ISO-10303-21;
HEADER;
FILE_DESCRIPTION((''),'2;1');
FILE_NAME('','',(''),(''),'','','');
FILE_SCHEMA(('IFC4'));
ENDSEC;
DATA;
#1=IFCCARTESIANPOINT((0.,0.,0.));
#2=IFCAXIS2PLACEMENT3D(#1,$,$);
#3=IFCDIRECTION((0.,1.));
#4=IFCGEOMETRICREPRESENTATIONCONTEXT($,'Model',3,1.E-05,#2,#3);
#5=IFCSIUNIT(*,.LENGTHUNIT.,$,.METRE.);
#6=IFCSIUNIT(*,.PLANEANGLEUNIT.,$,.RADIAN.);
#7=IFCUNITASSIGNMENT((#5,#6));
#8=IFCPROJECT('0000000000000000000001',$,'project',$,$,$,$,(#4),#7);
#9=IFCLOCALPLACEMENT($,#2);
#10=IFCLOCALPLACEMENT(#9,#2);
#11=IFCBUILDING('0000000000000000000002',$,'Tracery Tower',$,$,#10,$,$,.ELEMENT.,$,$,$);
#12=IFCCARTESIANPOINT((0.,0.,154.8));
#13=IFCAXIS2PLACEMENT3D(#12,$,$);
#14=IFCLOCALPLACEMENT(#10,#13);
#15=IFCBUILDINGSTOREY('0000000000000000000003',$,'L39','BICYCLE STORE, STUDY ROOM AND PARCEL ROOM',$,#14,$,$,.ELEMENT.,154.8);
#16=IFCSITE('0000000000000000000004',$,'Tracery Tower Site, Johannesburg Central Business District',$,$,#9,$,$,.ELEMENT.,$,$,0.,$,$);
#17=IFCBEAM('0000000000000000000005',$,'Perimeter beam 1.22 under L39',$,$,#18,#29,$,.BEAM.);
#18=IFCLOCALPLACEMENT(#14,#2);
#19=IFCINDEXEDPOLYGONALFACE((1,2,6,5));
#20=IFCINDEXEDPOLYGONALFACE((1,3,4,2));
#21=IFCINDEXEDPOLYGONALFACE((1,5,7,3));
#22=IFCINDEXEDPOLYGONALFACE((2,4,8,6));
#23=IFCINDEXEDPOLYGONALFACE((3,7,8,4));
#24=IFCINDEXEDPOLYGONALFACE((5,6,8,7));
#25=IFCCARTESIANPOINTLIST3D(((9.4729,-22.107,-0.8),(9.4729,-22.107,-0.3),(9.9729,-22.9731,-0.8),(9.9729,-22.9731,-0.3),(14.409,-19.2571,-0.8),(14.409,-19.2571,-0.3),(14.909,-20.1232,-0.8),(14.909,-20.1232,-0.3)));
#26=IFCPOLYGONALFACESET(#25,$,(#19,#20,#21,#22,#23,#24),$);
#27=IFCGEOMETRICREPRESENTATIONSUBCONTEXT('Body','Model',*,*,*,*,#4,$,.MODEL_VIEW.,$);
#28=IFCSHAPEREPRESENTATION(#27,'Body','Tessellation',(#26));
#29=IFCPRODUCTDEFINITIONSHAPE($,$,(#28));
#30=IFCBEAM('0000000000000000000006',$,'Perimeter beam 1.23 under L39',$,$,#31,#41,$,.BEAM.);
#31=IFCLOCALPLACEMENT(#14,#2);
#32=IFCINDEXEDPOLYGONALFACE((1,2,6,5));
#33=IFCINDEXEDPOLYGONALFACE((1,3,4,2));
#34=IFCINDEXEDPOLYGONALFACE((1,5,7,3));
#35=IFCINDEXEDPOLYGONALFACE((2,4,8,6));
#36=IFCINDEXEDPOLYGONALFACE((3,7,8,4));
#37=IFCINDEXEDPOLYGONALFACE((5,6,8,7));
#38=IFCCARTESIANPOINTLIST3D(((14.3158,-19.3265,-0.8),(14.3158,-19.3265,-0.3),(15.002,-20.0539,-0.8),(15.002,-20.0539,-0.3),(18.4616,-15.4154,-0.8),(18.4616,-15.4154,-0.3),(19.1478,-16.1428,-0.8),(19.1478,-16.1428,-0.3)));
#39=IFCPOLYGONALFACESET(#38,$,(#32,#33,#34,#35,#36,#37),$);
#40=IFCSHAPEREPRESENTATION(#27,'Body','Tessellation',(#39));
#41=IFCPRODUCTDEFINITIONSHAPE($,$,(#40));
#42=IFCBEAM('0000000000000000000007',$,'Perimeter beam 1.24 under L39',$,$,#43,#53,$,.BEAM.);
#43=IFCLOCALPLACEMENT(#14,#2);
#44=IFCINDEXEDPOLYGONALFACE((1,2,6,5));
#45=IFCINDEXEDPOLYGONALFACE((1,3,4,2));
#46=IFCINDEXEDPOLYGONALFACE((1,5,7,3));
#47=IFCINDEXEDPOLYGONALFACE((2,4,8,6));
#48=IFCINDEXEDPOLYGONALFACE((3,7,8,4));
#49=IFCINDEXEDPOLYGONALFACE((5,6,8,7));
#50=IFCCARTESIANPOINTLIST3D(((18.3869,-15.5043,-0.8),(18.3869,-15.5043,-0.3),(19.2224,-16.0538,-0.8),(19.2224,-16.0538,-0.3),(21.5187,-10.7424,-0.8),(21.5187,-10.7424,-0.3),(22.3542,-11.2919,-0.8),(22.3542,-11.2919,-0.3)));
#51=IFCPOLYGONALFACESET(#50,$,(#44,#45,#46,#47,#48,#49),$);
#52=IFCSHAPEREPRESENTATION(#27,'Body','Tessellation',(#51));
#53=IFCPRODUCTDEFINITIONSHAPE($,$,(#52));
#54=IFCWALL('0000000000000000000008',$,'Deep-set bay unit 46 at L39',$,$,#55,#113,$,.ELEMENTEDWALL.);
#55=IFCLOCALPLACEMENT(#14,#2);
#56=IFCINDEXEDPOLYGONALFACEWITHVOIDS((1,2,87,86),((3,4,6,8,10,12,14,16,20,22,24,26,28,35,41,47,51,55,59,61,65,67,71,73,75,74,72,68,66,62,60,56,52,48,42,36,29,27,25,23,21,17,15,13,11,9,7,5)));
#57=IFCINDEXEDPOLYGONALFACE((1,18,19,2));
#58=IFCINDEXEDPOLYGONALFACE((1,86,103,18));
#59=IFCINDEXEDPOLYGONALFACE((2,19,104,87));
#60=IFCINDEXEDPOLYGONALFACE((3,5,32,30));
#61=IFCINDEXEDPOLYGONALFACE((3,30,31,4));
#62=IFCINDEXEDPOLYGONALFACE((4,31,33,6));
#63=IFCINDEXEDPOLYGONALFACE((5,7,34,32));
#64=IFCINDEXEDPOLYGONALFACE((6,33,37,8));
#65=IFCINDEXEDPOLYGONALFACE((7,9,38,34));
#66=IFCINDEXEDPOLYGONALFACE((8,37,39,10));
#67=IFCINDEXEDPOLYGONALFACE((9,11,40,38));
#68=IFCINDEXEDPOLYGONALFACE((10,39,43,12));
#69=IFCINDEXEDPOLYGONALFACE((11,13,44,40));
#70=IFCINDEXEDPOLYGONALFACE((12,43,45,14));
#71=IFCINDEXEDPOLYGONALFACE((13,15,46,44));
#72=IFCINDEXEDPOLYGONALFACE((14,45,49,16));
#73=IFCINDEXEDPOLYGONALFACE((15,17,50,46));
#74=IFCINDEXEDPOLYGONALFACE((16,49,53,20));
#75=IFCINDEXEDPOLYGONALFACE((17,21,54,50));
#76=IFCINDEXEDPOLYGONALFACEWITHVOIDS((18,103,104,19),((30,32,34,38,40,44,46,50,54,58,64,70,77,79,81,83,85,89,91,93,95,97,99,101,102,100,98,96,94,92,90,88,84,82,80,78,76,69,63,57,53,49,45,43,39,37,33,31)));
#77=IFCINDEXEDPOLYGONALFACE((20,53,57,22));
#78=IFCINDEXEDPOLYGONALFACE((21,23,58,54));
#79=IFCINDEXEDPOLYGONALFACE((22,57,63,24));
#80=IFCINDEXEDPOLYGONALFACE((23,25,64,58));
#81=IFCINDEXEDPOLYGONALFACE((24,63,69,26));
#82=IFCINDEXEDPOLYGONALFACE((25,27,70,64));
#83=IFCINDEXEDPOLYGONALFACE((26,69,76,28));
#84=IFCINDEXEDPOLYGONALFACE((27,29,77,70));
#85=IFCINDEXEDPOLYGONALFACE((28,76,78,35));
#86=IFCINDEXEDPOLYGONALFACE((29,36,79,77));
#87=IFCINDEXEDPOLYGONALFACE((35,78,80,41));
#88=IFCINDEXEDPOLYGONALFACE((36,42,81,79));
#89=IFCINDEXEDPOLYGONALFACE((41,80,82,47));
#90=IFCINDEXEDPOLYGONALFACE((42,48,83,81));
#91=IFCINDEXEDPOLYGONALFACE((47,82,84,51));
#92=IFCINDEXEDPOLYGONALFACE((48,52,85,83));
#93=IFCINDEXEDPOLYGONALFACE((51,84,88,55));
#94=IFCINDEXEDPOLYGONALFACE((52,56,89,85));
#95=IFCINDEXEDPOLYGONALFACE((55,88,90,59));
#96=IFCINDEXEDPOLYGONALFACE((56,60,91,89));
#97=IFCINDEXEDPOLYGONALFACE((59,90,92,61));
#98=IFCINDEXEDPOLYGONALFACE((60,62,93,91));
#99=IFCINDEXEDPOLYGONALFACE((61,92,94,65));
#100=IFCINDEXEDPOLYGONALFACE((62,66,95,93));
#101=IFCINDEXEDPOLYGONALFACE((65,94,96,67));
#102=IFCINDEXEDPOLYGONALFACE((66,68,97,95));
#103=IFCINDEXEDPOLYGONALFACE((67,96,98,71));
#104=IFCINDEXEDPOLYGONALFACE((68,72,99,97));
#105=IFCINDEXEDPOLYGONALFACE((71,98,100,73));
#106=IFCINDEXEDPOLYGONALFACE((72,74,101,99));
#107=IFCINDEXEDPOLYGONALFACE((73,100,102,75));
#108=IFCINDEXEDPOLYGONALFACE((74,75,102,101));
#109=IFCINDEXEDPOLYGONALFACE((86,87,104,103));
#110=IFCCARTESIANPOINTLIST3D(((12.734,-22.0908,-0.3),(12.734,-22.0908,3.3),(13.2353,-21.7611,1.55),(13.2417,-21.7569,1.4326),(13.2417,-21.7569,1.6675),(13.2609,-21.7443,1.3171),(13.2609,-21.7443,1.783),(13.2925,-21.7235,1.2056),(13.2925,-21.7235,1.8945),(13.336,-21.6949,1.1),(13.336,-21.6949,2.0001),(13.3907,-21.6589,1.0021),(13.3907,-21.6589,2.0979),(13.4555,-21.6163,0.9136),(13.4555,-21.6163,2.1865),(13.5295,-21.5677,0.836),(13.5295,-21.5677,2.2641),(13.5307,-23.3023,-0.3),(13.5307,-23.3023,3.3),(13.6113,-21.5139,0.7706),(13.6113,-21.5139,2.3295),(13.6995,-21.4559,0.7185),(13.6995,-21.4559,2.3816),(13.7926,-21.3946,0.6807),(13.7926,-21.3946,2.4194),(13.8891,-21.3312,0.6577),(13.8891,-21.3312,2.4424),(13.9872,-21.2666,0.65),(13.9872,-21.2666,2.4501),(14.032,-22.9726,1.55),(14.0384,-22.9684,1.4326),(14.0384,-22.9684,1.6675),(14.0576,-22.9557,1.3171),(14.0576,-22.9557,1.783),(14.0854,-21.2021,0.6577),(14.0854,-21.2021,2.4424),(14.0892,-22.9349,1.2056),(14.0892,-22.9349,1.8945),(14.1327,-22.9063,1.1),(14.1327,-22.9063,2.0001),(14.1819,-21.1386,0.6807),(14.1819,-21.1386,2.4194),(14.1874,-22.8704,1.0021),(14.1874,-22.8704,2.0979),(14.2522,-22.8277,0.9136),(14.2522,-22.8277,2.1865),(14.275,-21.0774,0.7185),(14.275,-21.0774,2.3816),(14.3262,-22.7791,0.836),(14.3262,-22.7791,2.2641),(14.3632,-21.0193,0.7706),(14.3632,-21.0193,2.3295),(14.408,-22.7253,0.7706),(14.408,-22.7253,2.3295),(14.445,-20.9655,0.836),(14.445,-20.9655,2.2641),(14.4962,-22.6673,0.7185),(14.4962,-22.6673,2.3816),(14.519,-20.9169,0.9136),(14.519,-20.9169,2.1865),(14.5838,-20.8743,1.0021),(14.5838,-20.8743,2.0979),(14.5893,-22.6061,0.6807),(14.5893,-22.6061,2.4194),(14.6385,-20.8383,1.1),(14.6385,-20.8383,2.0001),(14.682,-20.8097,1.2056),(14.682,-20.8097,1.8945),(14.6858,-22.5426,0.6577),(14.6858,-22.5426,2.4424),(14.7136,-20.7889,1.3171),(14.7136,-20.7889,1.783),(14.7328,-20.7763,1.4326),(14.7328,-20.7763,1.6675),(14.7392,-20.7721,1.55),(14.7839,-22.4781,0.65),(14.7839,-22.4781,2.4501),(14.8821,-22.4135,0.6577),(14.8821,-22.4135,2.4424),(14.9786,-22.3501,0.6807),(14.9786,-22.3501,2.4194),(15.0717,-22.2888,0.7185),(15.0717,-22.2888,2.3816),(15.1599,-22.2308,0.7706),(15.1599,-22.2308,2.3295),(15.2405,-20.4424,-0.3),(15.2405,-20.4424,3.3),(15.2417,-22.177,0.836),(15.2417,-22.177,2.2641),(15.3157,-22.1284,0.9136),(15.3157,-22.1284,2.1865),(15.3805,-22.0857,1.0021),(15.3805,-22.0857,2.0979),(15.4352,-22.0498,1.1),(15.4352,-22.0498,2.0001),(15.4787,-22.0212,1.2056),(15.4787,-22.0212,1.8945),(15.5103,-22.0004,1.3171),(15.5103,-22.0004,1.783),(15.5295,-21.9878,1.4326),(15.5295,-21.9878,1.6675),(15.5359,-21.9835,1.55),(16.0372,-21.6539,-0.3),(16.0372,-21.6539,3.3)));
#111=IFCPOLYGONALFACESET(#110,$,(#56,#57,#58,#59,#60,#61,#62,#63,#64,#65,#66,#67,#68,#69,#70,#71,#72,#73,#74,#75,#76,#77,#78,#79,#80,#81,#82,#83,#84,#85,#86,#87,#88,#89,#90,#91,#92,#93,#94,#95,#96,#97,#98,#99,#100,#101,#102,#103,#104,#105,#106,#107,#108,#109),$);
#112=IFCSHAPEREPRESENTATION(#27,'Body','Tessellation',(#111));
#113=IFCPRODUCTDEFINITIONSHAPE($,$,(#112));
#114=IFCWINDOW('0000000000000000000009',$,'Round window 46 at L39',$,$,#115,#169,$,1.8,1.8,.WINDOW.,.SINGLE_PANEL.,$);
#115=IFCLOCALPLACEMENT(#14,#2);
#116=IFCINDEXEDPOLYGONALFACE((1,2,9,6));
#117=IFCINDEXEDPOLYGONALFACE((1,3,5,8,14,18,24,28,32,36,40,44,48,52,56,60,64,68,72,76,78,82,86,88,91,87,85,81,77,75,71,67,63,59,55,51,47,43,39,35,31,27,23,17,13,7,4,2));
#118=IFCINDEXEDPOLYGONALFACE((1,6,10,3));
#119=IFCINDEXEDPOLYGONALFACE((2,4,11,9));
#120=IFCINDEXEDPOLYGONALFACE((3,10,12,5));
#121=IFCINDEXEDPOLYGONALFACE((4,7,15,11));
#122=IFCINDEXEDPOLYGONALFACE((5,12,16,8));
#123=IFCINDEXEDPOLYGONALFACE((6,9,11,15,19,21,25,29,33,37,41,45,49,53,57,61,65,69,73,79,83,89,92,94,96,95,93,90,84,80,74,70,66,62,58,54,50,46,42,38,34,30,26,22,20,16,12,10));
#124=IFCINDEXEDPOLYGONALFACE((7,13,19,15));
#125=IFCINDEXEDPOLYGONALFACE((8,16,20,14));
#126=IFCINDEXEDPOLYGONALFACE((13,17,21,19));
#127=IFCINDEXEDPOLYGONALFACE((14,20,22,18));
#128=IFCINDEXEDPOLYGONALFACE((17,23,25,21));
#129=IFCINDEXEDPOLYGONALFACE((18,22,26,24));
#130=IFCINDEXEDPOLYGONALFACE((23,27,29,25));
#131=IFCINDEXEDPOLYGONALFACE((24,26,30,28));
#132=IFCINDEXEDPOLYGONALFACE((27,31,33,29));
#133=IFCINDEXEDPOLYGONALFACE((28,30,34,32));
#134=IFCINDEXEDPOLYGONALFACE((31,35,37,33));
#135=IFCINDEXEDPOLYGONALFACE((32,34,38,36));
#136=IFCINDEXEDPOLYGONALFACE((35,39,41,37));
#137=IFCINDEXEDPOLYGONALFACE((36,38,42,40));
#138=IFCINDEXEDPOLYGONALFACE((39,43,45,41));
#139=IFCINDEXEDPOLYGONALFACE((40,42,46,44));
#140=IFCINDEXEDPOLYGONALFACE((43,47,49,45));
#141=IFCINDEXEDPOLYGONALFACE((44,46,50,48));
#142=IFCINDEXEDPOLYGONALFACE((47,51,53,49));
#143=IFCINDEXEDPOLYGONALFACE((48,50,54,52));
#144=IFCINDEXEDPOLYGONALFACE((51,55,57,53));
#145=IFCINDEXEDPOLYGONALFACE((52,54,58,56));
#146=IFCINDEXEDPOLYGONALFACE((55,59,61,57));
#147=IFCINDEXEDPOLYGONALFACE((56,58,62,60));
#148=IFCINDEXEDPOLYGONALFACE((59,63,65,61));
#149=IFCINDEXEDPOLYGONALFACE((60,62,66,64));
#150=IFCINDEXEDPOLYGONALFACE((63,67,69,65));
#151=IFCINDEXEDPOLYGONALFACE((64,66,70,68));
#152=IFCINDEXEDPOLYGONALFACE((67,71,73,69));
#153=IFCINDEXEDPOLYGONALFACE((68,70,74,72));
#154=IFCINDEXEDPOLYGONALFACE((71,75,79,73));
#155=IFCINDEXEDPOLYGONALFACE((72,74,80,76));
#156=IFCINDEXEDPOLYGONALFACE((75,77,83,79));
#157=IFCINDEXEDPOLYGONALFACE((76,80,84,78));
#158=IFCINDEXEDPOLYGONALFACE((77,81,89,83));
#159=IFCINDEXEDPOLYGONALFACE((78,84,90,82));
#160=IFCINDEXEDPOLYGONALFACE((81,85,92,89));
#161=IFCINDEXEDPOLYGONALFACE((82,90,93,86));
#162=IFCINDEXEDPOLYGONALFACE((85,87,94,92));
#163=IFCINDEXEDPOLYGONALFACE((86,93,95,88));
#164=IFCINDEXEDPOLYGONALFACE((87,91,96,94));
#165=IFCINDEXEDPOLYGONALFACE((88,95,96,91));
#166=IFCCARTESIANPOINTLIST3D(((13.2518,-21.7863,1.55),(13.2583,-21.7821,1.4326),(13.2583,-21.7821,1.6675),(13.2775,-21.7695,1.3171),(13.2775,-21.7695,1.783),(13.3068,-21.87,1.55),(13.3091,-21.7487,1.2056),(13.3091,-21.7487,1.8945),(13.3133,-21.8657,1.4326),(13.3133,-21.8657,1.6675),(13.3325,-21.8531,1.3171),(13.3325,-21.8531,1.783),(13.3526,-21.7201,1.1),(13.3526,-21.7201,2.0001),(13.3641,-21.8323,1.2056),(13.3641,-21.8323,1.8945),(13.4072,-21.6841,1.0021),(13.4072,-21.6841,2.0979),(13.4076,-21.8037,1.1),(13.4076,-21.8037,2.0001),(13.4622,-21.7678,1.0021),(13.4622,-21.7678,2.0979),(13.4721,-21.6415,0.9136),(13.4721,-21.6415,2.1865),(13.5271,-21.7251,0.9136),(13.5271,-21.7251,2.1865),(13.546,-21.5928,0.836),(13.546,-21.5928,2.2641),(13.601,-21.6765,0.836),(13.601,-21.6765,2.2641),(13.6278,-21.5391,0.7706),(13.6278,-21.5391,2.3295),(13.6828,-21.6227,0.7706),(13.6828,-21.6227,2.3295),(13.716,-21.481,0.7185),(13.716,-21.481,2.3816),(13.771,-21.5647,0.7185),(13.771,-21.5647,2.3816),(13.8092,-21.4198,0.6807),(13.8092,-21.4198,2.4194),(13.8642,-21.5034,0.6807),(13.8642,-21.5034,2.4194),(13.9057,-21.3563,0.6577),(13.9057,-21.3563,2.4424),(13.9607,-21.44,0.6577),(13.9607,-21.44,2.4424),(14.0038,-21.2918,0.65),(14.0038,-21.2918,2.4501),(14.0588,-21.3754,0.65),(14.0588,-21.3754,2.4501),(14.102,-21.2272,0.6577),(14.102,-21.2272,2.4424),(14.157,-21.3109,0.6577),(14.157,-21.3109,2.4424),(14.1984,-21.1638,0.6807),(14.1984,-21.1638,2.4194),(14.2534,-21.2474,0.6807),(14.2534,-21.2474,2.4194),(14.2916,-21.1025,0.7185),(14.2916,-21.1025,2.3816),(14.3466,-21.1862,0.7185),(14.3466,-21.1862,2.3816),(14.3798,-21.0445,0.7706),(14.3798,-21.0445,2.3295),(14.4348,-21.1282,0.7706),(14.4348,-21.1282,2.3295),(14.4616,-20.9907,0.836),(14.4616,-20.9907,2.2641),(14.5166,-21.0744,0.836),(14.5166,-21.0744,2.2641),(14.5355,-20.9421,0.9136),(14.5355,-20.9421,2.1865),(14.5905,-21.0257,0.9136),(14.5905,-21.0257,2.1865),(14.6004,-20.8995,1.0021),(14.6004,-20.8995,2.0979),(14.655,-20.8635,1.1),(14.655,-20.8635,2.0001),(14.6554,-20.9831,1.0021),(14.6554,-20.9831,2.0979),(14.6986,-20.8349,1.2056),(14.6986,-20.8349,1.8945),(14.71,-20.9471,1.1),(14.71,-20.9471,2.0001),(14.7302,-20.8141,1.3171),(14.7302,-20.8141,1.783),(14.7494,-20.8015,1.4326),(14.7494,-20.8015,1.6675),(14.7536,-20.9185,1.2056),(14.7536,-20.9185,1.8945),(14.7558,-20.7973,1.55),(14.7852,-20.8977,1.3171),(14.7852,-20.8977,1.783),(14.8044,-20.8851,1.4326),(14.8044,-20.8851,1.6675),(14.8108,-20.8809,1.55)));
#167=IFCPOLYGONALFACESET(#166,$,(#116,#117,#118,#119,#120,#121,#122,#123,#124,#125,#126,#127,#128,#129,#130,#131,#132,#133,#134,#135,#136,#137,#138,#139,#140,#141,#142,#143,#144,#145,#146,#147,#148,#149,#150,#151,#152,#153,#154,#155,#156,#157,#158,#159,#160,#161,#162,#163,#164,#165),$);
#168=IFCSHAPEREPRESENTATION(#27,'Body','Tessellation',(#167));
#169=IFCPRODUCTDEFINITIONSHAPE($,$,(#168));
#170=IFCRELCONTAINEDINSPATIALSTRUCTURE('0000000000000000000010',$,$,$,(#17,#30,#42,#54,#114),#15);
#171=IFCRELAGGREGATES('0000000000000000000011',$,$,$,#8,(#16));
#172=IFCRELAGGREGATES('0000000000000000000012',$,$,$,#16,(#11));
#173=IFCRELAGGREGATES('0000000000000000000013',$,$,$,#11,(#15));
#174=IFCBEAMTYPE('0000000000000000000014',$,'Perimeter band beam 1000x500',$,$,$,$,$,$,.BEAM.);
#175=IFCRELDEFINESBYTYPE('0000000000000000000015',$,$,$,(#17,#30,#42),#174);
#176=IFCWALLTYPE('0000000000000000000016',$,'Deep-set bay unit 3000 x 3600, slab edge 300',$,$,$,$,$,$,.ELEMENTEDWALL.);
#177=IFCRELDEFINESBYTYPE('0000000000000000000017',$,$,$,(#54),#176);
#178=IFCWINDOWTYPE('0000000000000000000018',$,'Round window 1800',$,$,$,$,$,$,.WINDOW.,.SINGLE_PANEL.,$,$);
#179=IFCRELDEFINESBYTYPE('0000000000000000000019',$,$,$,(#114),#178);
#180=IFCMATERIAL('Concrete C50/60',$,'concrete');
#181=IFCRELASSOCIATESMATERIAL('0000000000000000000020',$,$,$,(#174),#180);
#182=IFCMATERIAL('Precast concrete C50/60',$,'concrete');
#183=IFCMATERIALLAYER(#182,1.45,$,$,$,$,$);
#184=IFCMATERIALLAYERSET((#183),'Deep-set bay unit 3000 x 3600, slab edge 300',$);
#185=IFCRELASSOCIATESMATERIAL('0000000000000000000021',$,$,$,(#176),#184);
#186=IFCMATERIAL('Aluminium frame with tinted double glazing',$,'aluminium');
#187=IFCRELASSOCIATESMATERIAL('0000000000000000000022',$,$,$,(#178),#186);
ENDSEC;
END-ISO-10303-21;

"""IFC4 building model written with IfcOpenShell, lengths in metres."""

from ifc_helpers import new_model, si_unit, direction, frame, frame_2d, origin, origin_2d, place, context, subcontext, project, spatial, rectangle, circle, extrude, material, layer, layer_set, material_profile, profile_set, type_object, element, fill, save


model = new_model("IFC4")

# Units and contexts
model_context = context("Model", 3, precision=1e-05, world=origin(), true_north=direction((0.0, 1.0)))
body_context = subcontext(model_context, "Body", "Model", "MODEL_VIEW")
ifc_project = project(units=[si_unit("LENGTHUNIT", "METRE"), si_unit("PLANEANGLEUNIT", "RADIAN")], contexts=[model_context])

# Site, building, storey
site_placement = place(None, origin())
site = spatial("IfcSite", under=ifc_project, at=site_placement, Name="Tracery Tower Site, Johannesburg Central Business District", CompositionType="ELEMENT", RefElevation=0.0)
building_placement = place(site_placement, origin())
building = spatial("IfcBuilding", under=site, at=building_placement, Name="Tracery Tower", CompositionType="ELEMENT")
storey_placement = place(building_placement, frame((0.0, 0.0, 154.8)))
storey = spatial("IfcBuildingStorey", under=building, at=storey_placement, Name="L39", Description="BICYCLE STORE, STUDY ROOM AND PARCEL ROOM", CompositionType="ELEMENT", Elevation=154.8)

# Beams
ifc_material_1 = material(Name="Concrete C50/60", Category="concrete")
ifc_material_profile_1 = material_profile(ifc_material_1, rectangle(XDim=1.0, YDim=0.5, at=origin_2d()), Name="RC 1000x500")
ifc_profile_set_1 = profile_set([ifc_material_profile_1], Name="Concrete C50/60")
beam_type = type_object("IfcBeamType", Name="Perimeter band beam 1000x500", PredefinedType="BEAM", material=ifc_profile_set_1)
beam_placement = place(storey_placement, frame((9.7229, -22.54, -0.55), z_axis=(0.866023, 0.500004, 0.0), x_axis=(-0.500004, 0.866023, 0.0)))
element("IfcBeam", 1, at=beam_placement, inside=storey, type_object=beam_type, Name="Perimeter beam 1.22 under L39", PredefinedType="BEAM", context=body_context, shape_type="SweptSolid", body=[
    extrude(rectangle(XDim=1.0, YDim=0.5, at=origin_2d()), origin(), (0.0, 0.0, 1.0), 5.6997),
])
for number, where, z_axis, x_axis, name in (
    (2, (14.6589, -19.6902, -0.55), (0.72739, 0.686225, 0.0), (-0.686225, 0.72739, 0.0), "Perimeter beam 1.23 under L39"),
    (3, (18.8047, -15.7791, -0.55), (0.54949, 0.8355, 0.0), (-0.8355, 0.54949, 0.0), "Perimeter beam 1.24 under L39"),
):
    element("IfcBeam", number, at=place(storey_placement, frame(where, z_axis=z_axis, x_axis=x_axis)), inside=storey, type_object=beam_type, Name=name, PredefinedType="BEAM", context=body_context, shape_type="SweptSolid", body=[
        extrude(rectangle(XDim=1.0, YDim=0.5, at=origin_2d()), origin(), (0.0, 0.0, 1.0), 5.6995),
    ])

# Wall, opening, window
ifc_material_2 = material(Name="Precast concrete C50/60", Category="concrete")
ifc_layer_1 = layer(ifc_material_2, 1.45)
ifc_layer_set_1 = layer_set([ifc_layer_1], Name="Deep-set bay unit 3000 x 3600, slab edge 300")
wall_type_1 = type_object("IfcWallType", Name="Deep-set bay unit 3000 x 3600, slab edge 300", PredefinedType="ELEMENTEDWALL", material=ifc_layer_set_1)
wall_1_placement = place(storey_placement, frame((13.1323, -22.6965, -0.3), z_axis=(0.0, 0.0, 1.0), x_axis=(0.835514, 0.549469, 0.0)))
wall_1 = element("IfcWall", 4, at=wall_1_placement, inside=storey, type_object=wall_type_1, Name="Deep-set bay unit 46 at L39", PredefinedType="ELEMENTEDWALL", context=body_context, shape_type="SweptSolid", body=[
    extrude(rectangle(XDim=3.0, YDim=1.45, at=frame_2d((1.5, 0.0))), origin(), (0.0, 0.0, 1.0), 3.6001),
])
opening_1_placement = place(wall_1_placement, frame((1.5, 0.0, 1.8501)))
opening_1 = element("IfcOpeningElement", 5, at=opening_1_placement, cuts=wall_1, PredefinedType="OPENING", context=body_context, shape_type="SweptSolid", body=[
    extrude(circle(Radius=0.9, at=origin_2d()), frame((0.0, 0.7349, 0.0), z_axis=(0.0, -1.0, 0.0), x_axis=(1.0, 0.0, 0.0)), (0.0, 0.0, 1.0), 1.47),
])
ifc_material_3 = material(Name="Aluminium frame with tinted double glazing", Category="aluminium")
window_type = type_object("IfcWindowType", Name="Round window 1800", PartitioningType="SINGLE_PANEL", PredefinedType="WINDOW", material=ifc_material_3)
window_1_placement = place(opening_1_placement, origin())
window_1 = element("IfcWindow", 6, at=window_1_placement, inside=storey, type_object=window_type, Name="Round window 46 at L39", OverallHeight=1.8, OverallWidth=1.8, PartitioningType="SINGLE_PANEL", PredefinedType="WINDOW", context=body_context, shape_type="SweptSolid", body=[
    extrude(circle(Radius=0.9, at=origin_2d()), frame((0.0, 0.6948, 0.0), z_axis=(0.0, -1.0, 0.0), x_axis=(1.0, 0.0, 0.0)), (0.0, 0.0, 1.0), 0.1001),
])
fill(opening_1, window_1)

save(model, "model.ifc")
